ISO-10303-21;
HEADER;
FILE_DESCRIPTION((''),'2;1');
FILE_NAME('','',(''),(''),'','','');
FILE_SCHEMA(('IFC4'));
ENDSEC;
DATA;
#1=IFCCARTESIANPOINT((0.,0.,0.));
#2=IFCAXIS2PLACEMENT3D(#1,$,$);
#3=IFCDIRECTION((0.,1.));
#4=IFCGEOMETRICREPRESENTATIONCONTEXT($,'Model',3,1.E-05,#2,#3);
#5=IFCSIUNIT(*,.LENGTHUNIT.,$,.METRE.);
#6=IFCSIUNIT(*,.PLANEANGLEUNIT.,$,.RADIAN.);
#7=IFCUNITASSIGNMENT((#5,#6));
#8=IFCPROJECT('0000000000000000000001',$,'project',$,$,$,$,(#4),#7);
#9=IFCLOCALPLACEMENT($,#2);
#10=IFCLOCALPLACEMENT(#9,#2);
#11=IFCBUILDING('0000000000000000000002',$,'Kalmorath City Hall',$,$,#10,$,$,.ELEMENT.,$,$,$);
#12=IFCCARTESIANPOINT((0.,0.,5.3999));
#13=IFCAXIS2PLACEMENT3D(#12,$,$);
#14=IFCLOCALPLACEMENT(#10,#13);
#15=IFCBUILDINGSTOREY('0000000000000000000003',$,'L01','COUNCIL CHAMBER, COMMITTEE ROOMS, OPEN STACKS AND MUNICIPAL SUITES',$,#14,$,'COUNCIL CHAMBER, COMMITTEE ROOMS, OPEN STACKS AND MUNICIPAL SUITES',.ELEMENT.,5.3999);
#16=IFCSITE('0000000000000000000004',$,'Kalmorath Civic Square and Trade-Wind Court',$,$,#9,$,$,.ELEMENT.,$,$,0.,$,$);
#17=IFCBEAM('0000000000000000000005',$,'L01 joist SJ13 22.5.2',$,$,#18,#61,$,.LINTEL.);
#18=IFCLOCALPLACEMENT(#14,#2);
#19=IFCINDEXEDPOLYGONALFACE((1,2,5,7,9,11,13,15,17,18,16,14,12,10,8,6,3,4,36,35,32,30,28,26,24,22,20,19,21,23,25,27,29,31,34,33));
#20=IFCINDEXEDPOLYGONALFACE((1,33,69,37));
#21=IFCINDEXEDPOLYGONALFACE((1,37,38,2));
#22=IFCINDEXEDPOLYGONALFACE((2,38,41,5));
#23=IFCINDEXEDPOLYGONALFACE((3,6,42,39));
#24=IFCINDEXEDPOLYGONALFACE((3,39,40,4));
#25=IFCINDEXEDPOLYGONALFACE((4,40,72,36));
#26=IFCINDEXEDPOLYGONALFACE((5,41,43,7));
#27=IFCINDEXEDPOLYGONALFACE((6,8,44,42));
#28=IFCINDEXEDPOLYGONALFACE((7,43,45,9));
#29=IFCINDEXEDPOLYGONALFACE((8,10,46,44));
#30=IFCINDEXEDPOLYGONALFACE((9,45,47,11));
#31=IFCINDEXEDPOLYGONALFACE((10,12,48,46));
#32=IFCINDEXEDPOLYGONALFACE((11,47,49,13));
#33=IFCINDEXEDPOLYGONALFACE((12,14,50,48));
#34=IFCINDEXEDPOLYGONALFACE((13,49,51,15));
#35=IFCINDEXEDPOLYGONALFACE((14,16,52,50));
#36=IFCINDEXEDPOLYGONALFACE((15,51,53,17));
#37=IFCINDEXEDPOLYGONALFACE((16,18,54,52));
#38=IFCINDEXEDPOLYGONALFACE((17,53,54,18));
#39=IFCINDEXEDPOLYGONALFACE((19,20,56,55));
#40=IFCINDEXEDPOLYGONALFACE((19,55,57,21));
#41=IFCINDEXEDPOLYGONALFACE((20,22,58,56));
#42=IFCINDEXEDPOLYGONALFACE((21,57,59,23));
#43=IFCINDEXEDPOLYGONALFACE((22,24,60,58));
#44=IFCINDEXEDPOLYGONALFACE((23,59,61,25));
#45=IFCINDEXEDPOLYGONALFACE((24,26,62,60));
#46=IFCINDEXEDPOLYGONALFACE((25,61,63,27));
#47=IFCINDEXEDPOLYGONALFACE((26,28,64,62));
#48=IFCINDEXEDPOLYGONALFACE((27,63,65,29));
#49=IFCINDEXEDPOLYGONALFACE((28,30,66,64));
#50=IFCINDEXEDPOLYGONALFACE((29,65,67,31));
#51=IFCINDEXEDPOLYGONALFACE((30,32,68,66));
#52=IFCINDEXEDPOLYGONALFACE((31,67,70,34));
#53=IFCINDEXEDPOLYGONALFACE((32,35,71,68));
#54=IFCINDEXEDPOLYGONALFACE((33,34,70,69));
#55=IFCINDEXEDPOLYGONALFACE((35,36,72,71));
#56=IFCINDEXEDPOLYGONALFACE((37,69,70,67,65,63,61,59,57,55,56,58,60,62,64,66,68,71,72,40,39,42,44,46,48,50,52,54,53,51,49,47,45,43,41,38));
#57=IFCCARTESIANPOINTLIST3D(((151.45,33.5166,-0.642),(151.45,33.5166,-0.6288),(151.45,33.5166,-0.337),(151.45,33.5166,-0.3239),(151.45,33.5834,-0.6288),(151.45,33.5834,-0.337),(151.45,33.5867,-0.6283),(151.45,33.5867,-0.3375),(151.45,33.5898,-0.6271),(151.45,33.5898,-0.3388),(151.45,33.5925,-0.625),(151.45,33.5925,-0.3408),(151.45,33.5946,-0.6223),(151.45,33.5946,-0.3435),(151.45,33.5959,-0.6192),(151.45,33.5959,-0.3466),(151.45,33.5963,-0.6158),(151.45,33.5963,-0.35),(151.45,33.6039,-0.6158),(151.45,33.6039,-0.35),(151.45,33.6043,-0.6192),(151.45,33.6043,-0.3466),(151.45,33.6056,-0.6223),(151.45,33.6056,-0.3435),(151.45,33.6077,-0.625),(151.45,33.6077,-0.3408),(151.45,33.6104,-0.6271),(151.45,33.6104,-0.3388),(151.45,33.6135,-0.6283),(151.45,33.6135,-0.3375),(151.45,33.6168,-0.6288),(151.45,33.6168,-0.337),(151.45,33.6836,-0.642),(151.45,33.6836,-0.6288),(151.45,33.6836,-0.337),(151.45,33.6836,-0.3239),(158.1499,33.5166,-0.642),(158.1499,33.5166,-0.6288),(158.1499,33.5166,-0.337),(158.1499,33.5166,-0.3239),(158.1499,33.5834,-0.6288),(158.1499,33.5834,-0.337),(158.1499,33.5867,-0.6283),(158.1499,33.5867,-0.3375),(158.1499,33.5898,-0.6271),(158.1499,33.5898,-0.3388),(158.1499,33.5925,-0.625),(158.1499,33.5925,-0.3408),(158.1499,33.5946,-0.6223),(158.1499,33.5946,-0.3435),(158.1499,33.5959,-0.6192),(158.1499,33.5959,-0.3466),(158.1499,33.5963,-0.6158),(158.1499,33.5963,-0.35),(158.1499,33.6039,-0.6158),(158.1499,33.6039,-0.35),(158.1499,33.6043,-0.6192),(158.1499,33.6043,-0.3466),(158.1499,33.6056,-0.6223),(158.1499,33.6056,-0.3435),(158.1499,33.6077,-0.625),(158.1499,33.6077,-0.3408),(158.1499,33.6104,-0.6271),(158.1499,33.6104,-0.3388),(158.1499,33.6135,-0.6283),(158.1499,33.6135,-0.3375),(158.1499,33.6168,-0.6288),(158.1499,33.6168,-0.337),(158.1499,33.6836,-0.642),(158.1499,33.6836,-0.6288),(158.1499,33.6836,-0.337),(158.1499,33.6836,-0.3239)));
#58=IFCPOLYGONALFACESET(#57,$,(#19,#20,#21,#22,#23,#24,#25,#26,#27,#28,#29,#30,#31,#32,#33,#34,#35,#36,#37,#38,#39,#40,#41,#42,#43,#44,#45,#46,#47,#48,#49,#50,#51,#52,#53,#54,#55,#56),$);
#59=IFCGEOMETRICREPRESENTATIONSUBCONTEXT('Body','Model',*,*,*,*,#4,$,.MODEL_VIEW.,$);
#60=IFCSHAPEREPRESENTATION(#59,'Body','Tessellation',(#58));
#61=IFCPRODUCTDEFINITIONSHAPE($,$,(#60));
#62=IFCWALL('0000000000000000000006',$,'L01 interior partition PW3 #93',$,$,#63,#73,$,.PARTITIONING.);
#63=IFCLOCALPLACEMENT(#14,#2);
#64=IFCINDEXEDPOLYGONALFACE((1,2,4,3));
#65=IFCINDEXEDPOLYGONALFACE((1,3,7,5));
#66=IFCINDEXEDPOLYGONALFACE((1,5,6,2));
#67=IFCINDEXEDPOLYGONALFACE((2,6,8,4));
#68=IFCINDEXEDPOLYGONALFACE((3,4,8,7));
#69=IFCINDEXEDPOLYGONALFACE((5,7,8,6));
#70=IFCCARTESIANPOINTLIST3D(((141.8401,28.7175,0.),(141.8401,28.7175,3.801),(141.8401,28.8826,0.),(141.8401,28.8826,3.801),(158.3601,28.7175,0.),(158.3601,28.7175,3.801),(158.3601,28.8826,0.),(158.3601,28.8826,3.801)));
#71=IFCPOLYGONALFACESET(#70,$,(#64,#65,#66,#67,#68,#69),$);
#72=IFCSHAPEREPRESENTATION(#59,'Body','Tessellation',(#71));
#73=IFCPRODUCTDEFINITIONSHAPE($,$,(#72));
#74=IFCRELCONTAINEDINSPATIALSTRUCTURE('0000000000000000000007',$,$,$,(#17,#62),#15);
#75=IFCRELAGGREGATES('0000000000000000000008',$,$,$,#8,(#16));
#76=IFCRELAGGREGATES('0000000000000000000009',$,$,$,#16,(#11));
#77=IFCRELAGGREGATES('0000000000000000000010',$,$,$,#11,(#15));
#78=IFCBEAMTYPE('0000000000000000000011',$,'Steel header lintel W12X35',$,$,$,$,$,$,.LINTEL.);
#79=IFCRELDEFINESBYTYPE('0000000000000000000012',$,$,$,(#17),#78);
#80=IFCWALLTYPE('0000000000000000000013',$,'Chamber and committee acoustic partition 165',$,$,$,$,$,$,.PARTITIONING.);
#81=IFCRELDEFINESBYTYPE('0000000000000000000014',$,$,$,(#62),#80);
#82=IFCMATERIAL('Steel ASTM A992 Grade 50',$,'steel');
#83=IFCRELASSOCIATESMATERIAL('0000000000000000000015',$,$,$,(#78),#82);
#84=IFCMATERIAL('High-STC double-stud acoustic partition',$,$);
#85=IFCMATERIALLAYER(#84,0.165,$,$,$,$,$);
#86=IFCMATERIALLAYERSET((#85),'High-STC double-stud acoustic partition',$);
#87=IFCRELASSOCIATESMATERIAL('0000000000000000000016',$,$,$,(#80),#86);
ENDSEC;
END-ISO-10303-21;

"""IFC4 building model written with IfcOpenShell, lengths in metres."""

from ifc_helpers import new_model, si_unit, direction, frame, frame_2d, origin, origin_2d, place, context, subcontext, project, spatial, rectangle, i_section, extrude, material, layer, layer_set, material_profile, profile_set, type_object, element, save


model = new_model("IFC4")

# Units and contexts
model_context = context("Model", 3, precision=1e-05, world=origin(), true_north=direction((0.0, 1.0)))
body_context = subcontext(model_context, "Body", "Model", "MODEL_VIEW")
ifc_project = project(units=[si_unit("LENGTHUNIT", "METRE"), si_unit("PLANEANGLEUNIT", "RADIAN")], contexts=[model_context])

# Site, building, storey
site_placement = place(None, origin())
site = spatial("IfcSite", under=ifc_project, at=site_placement, Name="Kalmorath Civic Square and Trade-Wind Court", CompositionType="ELEMENT", RefElevation=0.0)
building_placement = place(site_placement, origin())
building = spatial("IfcBuilding", under=site, at=building_placement, Name="Kalmorath City Hall", CompositionType="ELEMENT")
storey_placement = place(building_placement, frame((0.0, 0.0, 5.3999)))
storey = spatial("IfcBuildingStorey", under=building, at=storey_placement, Name="L01", Description="COUNCIL CHAMBER, COMMITTEE ROOMS, OPEN STACKS AND MUNICIPAL SUITES", LongName="COUNCIL CHAMBER, COMMITTEE ROOMS, OPEN STACKS AND MUNICIPAL SUITES", CompositionType="ELEMENT", Elevation=5.3999)

# Beam
ifc_material_1 = material(Name="Steel ASTM A992 Grade 50", Category="steel")
ifc_material_profile_1 = material_profile(ifc_material_1, i_section(OverallWidth=0.167, OverallDepth=0.3181, WebThickness=0.0076, FlangeThickness=0.0132, FilletRadius=0.0129, at=origin_2d()), Name="W12X35")
ifc_profile_set_1 = profile_set([ifc_material_profile_1], Name="Steel ASTM A992 Grade 50")
beam_type_1 = type_object("IfcBeamType", Name="Steel header lintel W12X35", PredefinedType="LINTEL", material=ifc_profile_set_1)
for number, where, z_axis, x_axis, name in (
    (1, (151.45, 33.6001, -0.4829), (1.0, 0.0, 0.0), (0.0, 1.0, 0.0), "L01 joist SJ13 22.5.2"),
):
    element("IfcBeam", number, at=place(storey_placement, frame(where, z_axis=z_axis, x_axis=x_axis)), inside=storey, type_object=beam_type_1, Name=name, PredefinedType="LINTEL", context=body_context, shape_type="SweptSolid", body=[
        extrude(i_section(OverallWidth=0.167, OverallDepth=0.3181, WebThickness=0.0076, FlangeThickness=0.0132, FilletRadius=0.0129, at=origin_2d()), origin(), (0.0, 0.0, 1.0), 6.7),
    ])

# Wall
ifc_material_2 = material(Name="High-STC double-stud acoustic partition")
ifc_layer = layer(ifc_material_2, 0.165)
ifc_layer_set = layer_set([ifc_layer], Name="High-STC double-stud acoustic partition")
wall_type = type_object("IfcWallType", Name="Chamber and committee acoustic partition 165", PredefinedType="PARTITIONING", material=ifc_layer_set)
wall_placement = place(storey_placement, frame((141.8401, 28.8, 0.0), z_axis=(0.0, 0.0, 1.0), x_axis=(1.0, 0.0, 0.0)))
element("IfcWall", 2, at=wall_placement, inside=storey, type_object=wall_type, Name="L01 interior partition PW3 #93", PredefinedType="PARTITIONING", context=body_context, shape_type="SweptSolid", body=[
    extrude(rectangle(XDim=16.52, YDim=0.165, at=frame_2d((8.26, 0.0))), origin(), (0.0, 0.0, 1.0), 3.801),
])

save(model, "model.ifc")
